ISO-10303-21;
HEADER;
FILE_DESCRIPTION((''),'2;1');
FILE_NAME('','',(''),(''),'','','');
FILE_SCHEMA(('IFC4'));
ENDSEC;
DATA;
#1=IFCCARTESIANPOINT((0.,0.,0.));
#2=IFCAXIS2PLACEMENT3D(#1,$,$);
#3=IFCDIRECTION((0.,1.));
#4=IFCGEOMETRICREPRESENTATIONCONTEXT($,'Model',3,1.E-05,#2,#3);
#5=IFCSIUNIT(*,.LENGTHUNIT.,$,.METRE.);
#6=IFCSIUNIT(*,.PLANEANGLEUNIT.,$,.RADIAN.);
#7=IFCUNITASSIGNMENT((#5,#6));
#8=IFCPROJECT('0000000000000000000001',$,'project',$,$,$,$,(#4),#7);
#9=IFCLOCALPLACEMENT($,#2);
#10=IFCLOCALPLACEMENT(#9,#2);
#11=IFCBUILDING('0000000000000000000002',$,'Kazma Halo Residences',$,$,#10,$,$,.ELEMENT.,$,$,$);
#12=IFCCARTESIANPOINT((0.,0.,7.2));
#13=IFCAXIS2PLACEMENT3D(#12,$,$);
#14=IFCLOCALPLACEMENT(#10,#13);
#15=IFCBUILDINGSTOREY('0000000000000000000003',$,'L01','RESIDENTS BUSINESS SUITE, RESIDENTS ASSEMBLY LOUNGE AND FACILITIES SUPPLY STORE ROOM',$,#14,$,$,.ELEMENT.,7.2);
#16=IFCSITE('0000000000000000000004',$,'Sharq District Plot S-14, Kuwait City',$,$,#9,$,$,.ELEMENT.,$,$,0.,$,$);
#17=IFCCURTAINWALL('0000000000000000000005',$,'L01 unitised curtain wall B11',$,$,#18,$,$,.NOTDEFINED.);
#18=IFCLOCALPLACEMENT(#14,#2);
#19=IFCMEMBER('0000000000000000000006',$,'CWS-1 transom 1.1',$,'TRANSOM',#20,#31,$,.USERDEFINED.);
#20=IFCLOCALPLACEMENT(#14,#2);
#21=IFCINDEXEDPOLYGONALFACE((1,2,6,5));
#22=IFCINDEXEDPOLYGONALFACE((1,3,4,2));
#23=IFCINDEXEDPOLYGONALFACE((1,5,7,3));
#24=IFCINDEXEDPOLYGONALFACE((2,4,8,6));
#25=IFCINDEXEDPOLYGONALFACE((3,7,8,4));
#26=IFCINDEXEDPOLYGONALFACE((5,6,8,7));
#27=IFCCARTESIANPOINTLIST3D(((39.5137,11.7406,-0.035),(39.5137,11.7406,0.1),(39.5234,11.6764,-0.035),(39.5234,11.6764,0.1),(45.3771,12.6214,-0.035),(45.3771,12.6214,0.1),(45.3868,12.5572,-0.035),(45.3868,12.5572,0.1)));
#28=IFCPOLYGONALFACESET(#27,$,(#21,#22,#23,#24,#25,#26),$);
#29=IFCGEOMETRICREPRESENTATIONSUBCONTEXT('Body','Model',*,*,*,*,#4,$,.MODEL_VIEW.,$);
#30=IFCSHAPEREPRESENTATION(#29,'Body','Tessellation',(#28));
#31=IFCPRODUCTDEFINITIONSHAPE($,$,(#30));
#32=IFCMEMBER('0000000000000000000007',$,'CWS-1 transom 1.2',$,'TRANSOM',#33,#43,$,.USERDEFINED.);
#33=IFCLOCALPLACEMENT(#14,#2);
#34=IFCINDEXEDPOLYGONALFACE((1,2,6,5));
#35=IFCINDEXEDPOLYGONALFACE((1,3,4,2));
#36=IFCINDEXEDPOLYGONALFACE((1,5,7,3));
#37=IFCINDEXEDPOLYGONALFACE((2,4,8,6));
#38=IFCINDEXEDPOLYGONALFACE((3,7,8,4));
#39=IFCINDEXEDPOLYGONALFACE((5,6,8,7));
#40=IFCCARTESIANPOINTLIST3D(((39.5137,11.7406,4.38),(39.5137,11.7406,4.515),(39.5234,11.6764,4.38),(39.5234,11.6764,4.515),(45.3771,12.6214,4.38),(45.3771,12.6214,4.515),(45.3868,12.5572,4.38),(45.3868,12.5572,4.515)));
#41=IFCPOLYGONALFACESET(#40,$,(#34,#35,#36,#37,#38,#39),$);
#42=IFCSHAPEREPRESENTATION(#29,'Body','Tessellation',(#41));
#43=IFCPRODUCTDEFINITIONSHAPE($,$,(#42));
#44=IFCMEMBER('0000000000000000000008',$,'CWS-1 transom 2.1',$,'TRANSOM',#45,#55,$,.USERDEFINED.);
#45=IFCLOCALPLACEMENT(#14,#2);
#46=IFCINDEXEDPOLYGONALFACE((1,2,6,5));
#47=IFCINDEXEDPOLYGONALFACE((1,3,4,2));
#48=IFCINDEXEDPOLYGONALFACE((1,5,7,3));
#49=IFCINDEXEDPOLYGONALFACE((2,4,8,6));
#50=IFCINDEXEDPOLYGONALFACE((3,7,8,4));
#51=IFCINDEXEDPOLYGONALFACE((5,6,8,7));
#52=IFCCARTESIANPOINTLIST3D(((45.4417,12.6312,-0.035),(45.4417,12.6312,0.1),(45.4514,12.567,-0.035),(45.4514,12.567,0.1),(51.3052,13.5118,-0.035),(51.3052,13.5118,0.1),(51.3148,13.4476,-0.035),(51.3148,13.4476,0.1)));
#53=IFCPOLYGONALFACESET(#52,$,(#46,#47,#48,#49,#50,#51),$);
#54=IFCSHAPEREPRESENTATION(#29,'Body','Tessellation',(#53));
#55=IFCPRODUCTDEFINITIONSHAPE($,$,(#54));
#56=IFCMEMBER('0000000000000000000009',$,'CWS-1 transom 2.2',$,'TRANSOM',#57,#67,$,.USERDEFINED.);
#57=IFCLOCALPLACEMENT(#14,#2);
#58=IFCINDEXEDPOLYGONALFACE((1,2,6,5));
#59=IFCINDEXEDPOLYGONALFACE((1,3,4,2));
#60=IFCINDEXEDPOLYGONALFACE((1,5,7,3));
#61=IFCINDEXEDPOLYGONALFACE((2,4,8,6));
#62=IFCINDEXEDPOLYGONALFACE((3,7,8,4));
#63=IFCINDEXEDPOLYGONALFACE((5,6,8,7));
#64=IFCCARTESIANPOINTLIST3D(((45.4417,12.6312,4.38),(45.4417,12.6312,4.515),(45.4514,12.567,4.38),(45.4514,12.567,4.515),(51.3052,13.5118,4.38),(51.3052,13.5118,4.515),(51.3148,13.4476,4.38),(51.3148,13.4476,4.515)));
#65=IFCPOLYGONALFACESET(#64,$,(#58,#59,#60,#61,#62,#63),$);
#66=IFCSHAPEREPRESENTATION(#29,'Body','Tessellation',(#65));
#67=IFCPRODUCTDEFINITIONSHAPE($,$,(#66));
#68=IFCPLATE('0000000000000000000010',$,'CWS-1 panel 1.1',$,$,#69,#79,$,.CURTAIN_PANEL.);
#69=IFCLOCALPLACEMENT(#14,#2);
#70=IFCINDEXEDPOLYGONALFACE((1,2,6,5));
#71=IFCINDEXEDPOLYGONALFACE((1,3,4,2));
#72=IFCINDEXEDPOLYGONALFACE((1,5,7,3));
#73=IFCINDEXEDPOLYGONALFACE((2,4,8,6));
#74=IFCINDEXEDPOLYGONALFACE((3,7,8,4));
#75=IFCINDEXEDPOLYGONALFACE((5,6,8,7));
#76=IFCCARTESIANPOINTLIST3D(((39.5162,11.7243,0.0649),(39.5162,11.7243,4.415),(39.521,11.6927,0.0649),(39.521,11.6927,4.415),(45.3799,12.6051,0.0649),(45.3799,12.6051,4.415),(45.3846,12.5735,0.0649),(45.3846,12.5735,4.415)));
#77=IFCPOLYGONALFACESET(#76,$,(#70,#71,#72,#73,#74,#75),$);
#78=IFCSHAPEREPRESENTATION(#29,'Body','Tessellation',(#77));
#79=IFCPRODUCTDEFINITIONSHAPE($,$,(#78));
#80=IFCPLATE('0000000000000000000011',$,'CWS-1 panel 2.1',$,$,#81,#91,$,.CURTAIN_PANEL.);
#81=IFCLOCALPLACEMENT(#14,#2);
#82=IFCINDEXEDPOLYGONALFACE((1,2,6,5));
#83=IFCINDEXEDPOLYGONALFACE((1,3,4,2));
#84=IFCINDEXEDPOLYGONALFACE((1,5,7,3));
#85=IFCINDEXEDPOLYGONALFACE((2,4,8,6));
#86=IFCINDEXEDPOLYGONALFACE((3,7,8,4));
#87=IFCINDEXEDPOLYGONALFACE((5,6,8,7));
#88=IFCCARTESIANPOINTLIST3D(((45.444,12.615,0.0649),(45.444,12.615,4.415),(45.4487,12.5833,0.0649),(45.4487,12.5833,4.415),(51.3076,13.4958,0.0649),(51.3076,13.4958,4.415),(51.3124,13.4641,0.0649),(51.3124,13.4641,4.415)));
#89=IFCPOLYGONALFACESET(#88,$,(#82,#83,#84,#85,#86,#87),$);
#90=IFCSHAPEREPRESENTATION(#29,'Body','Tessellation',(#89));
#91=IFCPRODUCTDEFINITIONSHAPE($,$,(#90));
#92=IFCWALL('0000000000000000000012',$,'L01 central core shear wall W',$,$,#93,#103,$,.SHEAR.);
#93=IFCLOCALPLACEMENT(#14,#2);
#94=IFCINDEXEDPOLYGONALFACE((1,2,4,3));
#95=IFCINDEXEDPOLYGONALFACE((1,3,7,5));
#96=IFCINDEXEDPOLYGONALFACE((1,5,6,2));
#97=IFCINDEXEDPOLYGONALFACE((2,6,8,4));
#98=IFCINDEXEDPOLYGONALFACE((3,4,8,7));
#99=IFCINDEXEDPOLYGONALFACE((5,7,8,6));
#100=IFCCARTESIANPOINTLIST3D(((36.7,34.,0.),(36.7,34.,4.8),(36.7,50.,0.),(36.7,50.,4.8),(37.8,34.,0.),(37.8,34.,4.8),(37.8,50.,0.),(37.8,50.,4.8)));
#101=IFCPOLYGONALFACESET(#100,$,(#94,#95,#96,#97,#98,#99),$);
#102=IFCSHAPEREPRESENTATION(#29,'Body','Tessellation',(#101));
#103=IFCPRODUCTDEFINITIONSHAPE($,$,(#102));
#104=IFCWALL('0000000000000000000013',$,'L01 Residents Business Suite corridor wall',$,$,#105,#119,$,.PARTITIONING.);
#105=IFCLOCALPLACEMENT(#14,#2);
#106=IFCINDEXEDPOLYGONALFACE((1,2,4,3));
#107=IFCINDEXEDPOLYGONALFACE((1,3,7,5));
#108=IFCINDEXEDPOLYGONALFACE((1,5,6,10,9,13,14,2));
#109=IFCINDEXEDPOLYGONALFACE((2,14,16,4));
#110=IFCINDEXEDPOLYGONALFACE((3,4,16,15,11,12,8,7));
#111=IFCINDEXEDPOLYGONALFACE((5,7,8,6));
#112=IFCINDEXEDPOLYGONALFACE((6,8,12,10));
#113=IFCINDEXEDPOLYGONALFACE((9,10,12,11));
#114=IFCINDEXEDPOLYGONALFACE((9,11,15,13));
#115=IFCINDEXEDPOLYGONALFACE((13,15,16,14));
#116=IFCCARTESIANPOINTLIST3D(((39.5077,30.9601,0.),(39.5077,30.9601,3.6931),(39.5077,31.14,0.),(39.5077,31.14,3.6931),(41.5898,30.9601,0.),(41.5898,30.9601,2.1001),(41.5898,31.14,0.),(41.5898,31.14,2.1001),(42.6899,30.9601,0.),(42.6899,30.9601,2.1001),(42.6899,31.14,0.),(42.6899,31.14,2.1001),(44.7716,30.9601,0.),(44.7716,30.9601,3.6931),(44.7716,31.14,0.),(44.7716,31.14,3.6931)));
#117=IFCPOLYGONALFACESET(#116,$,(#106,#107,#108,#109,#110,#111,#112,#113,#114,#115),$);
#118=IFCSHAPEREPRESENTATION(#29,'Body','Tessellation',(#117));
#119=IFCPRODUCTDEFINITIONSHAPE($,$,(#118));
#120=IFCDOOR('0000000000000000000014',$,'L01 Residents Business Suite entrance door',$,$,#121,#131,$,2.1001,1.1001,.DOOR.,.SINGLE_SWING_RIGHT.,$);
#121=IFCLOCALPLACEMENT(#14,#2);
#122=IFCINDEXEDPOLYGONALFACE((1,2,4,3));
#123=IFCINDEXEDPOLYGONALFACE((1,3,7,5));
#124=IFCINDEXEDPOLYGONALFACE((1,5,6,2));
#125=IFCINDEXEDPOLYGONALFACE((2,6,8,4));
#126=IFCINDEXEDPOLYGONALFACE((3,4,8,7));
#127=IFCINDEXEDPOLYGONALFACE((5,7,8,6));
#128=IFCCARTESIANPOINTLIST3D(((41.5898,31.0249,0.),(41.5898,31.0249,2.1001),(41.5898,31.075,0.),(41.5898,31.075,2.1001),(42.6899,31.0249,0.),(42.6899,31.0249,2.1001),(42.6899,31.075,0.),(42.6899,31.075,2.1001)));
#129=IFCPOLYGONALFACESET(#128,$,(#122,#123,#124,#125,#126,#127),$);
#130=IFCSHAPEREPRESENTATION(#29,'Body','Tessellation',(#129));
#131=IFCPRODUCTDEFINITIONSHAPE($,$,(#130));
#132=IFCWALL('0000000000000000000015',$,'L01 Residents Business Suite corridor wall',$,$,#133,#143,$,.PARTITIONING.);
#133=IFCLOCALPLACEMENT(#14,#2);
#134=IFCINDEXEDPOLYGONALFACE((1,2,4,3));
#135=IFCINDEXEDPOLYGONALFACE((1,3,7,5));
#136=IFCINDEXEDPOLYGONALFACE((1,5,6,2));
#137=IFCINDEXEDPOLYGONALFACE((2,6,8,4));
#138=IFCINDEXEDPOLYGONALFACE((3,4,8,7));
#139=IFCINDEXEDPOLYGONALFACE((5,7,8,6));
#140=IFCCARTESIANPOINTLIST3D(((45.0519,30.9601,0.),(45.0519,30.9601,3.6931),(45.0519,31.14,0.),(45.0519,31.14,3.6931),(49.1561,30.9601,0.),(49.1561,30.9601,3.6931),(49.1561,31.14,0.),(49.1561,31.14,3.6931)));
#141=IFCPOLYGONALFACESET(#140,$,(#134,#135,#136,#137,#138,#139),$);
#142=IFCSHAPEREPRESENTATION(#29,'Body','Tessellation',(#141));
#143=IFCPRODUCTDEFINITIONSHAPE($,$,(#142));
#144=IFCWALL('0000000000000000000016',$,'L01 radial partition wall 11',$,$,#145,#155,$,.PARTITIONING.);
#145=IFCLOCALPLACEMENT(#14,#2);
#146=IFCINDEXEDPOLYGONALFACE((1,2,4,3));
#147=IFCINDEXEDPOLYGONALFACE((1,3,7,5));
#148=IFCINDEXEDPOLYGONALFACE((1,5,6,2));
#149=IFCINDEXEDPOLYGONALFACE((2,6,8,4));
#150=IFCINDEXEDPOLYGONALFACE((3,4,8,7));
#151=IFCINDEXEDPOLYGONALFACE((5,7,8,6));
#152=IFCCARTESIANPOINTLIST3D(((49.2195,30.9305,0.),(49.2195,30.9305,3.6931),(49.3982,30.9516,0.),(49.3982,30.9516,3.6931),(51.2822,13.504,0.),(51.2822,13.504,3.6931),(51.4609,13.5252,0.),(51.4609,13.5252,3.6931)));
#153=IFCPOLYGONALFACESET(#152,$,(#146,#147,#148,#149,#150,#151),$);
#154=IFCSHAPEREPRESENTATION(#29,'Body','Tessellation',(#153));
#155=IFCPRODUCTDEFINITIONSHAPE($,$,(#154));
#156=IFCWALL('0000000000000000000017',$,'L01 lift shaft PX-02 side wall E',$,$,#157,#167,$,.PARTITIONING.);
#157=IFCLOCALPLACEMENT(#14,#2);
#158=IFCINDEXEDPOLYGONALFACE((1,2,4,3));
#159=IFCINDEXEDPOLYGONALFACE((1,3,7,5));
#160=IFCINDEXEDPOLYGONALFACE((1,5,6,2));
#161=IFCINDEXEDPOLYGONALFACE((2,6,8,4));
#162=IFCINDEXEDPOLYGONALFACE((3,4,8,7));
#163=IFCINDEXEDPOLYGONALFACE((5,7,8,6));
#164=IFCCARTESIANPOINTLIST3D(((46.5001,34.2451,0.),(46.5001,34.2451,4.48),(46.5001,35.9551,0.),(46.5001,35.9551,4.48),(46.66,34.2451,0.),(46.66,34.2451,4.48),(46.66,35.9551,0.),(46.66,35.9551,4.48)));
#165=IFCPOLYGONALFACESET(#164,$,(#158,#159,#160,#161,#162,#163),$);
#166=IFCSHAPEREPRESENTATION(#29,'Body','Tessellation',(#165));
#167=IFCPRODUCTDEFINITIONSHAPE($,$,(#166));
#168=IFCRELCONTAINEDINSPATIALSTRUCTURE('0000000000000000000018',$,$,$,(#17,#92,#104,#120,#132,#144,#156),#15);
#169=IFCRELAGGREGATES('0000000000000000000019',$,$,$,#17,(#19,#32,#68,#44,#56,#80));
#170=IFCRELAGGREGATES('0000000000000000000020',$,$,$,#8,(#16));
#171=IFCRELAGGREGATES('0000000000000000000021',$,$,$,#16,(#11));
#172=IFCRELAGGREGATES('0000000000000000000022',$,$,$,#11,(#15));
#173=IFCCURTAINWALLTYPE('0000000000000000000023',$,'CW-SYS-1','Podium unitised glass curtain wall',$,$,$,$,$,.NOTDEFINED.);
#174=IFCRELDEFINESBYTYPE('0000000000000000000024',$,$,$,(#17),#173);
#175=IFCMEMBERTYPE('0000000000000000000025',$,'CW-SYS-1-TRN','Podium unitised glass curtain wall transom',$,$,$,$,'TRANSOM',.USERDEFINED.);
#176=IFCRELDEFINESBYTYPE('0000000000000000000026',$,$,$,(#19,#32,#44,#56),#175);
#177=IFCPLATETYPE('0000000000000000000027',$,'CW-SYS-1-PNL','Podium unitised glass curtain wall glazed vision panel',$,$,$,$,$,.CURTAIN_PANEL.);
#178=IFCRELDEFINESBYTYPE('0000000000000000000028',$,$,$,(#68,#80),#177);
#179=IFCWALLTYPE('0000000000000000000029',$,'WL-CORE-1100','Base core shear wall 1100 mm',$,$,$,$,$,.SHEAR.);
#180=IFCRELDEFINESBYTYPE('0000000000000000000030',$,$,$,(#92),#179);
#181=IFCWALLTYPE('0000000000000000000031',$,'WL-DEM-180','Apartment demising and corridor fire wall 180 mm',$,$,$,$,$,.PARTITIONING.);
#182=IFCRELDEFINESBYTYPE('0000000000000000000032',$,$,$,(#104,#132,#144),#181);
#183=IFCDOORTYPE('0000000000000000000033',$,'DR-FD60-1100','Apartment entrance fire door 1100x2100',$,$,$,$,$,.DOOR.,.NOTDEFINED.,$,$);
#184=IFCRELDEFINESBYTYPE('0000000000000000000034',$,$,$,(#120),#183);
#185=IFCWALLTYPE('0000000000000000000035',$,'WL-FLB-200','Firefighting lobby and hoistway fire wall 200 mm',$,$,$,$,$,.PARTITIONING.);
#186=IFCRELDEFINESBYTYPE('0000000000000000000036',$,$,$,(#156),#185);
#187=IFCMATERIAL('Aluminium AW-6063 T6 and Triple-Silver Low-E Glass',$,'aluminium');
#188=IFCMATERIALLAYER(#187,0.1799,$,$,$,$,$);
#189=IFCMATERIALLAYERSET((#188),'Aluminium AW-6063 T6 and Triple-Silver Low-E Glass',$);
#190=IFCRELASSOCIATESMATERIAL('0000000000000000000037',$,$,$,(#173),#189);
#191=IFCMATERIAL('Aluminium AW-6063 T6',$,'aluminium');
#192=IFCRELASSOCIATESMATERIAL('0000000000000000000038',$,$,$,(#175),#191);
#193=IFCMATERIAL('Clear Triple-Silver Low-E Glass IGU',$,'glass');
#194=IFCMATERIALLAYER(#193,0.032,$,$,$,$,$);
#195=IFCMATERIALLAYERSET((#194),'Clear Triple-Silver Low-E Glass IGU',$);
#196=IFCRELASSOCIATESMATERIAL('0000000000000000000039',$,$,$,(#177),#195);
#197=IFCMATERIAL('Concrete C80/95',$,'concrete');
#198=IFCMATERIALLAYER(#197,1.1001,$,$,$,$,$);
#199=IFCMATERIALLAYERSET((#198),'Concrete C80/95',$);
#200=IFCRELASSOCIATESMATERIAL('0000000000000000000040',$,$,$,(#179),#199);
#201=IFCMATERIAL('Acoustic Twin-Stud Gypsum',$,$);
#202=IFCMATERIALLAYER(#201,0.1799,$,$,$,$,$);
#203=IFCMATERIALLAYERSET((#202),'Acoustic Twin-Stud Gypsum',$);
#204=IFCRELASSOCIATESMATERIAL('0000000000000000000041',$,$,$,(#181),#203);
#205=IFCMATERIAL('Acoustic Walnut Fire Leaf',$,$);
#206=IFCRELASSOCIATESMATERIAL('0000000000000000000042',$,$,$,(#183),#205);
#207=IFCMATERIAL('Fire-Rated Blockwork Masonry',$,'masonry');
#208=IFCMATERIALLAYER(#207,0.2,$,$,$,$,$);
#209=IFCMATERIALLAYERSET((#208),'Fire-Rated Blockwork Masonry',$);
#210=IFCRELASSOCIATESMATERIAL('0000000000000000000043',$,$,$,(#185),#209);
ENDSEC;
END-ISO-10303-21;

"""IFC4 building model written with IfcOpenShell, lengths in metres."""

from ifc_helpers import new_model, si_unit, direction, frame, frame_2d, origin, origin_2d, place, context, subcontext, project, spatial, rectangle, extrude, material, layer, layer_set, material_profile, profile_set, type_object, element, fill, aggregate, save


model = new_model("IFC4")

# Units and contexts
model_context = context("Model", 3, precision=1e-05, world=origin(), true_north=direction((0.0, 1.0)))
body_context = subcontext(model_context, "Body", "Model", "MODEL_VIEW")
ifc_project = project(units=[si_unit("LENGTHUNIT", "METRE"), si_unit("PLANEANGLEUNIT", "RADIAN")], contexts=[model_context])

# Site, building, storey
site_placement = place(None, origin())
site = spatial("IfcSite", under=ifc_project, at=site_placement, Name="Sharq District Plot S-14, Kuwait City", CompositionType="ELEMENT", RefElevation=0.0)
building_placement = place(site_placement, origin())
building = spatial("IfcBuilding", under=site, at=building_placement, Name="Kazma Halo Residences", CompositionType="ELEMENT")
storey_placement = place(building_placement, frame((0.0, 0.0, 7.2)))
storey = spatial("IfcBuildingStorey", under=building, at=storey_placement, Name="L01", Description="RESIDENTS BUSINESS SUITE, RESIDENTS ASSEMBLY LOUNGE AND FACILITIES SUPPLY STORE ROOM", CompositionType="ELEMENT", Elevation=7.2)

# Shared definitions
ifc_material_1 = material(Name="Concrete C80/95", Category="concrete")

# Shared definitions
ifc_material_2 = material(Name="Aluminium AW-6063 T6 and Triple-Silver Low-E Glass", Category="aluminium")
ifc_layer_1 = layer(ifc_material_2, 0.1799)
ifc_layer_set_1 = layer_set([ifc_layer_1], Name="Aluminium AW-6063 T6 and Triple-Silver Low-E Glass")
curtain_wall_type = type_object("IfcCurtainWallType", Name="CW-SYS-1", Description="Podium unitised glass curtain wall", PredefinedType="NOTDEFINED", material=ifc_layer_set_1)
ifc_material_3 = material(Name="Aluminium AW-6063 T6", Category="aluminium")

# Curtain wall, members, plates
curtain_wall_1_placement = place(storey_placement, origin())
curtain_wall_1 = element("IfcCurtainWall", 1, at=curtain_wall_1_placement, inside=storey, type_object=curtain_wall_type, Name="L01 unitised curtain wall B11", PredefinedType="NOTDEFINED")
ifc_material_profile_1 = material_profile(ifc_material_3, rectangle(XDim=0.0649, YDim=0.135, at=origin_2d()), Name="CWT-65x135")
ifc_profile_set_1 = profile_set([ifc_material_profile_1], Name="Aluminium AW-6063 T6")
member_type_1 = type_object("IfcMemberType", Name="CW-SYS-1-TRN", Description="Podium unitised glass curtain wall transom", ElementType="TRANSOM", PredefinedType="USERDEFINED", material=ifc_profile_set_1)
member_1_placement = place(storey_placement, frame((39.5186, 11.7085, 0.0325), z_axis=(0.988903, 0.14856, 0.0), x_axis=(-0.14856, 0.988903, 0.0)))
member_1 = element("IfcMember", 2, at=member_1_placement, type_object=member_type_1, Name="CWS-1 transom 1.1", ObjectType="TRANSOM", PredefinedType="USERDEFINED", context=body_context, shape_type="SweptSolid", body=[
    extrude(rectangle(XDim=0.0649, YDim=0.135, at=origin_2d()), origin(), (0.0, 0.0, 1.0), 5.9292),
])
member_2_placement = place(storey_placement, frame((39.5186, 11.7085, 4.4475), z_axis=(0.988903, 0.14856, 0.0), x_axis=(-0.14856, 0.988903, 0.0)))
member_2 = element("IfcMember", 3, at=member_2_placement, type_object=member_type_1, Name="CWS-1 transom 1.2", ObjectType="TRANSOM", PredefinedType="USERDEFINED", context=body_context, shape_type="SweptSolid", body=[
    extrude(rectangle(XDim=0.0649, YDim=0.135, at=origin_2d()), origin(), (0.0, 0.0, 1.0), 5.9292),
])
member_3_placement = place(storey_placement, frame((45.4465, 12.5991, 0.0325), z_axis=(0.988909, 0.14852, 0.0), x_axis=(-0.14852, 0.988909, 0.0)))
member_3 = element("IfcMember", 4, at=member_3_placement, type_object=member_type_1, Name="CWS-1 transom 2.1", ObjectType="TRANSOM", PredefinedType="USERDEFINED", context=body_context, shape_type="SweptSolid", body=[
    extrude(rectangle(XDim=0.0649, YDim=0.135, at=origin_2d()), origin(), (0.0, 0.0, 1.0), 5.9292),
])
member_4_placement = place(storey_placement, frame((45.4465, 12.5991, 4.4475), z_axis=(0.988909, 0.14852, 0.0), x_axis=(-0.14852, 0.988909, 0.0)))
member_4 = element("IfcMember", 5, at=member_4_placement, type_object=member_type_1, Name="CWS-1 transom 2.2", ObjectType="TRANSOM", PredefinedType="USERDEFINED", context=body_context, shape_type="SweptSolid", body=[
    extrude(rectangle(XDim=0.0649, YDim=0.135, at=origin_2d()), origin(), (0.0, 0.0, 1.0), 5.9292),
])
ifc_material_4 = material(Name="Clear Triple-Silver Low-E Glass IGU", Category="glass")
ifc_layer_2 = layer(ifc_material_4, 0.032)
ifc_layer_set_2 = layer_set([ifc_layer_2], Name="Clear Triple-Silver Low-E Glass IGU")
plate_type = type_object("IfcPlateType", Name="CW-SYS-1-PNL", Description="Podium unitised glass curtain wall glazed vision panel", PredefinedType="CURTAIN_PANEL", material=ifc_layer_set_2)
plate_1_placement = place(storey_placement, frame((42.4504, 12.1489, 0.0649), z_axis=(0.0, 0.0, 1.0), x_axis=(0.988905, 0.148549, 0.0)))
plate_1 = element("IfcPlate", 6, at=plate_1_placement, type_object=plate_type, Name="CWS-1 panel 1.1", PredefinedType="CURTAIN_PANEL", context=body_context, shape_type="SweptSolid", body=[
    extrude(rectangle(XDim=5.9294, YDim=0.032, at=origin_2d()), origin(), (0.0, 0.0, 1.0), 4.3501),
])
plate_2_placement = place(storey_placement, frame((48.3782, 13.0396, 0.0649), z_axis=(0.0, 0.0, 1.0), x_axis=(0.988905, 0.148549, 0.0)))
plate_2 = element("IfcPlate", 7, at=plate_2_placement, type_object=plate_type, Name="CWS-1 panel 2.1", PredefinedType="CURTAIN_PANEL", context=body_context, shape_type="SweptSolid", body=[
    extrude(rectangle(XDim=5.9294, YDim=0.032, at=origin_2d()), origin(), (0.0, 0.0, 1.0), 4.3501),
])
aggregate(curtain_wall_1, [member_1, member_2, plate_1, member_3, member_4, plate_2])

# Wall
ifc_layer_3 = layer(ifc_material_1, 1.1001)
ifc_layer_set_3 = layer_set([ifc_layer_3], Name="Concrete C80/95")
wall_type_1 = type_object("IfcWallType", Name="WL-CORE-1100", Description="Base core shear wall 1100 mm", PredefinedType="SHEAR", material=ifc_layer_set_3)
wall_1_placement = place(storey_placement, frame((37.25, 34.0, 0.0), z_axis=(0.0, 0.0, 1.0), x_axis=(0.0, 1.0, 0.0)))
element("IfcWall", 8, at=wall_1_placement, inside=storey, type_object=wall_type_1, Name="L01 central core shear wall W", PredefinedType="SHEAR", context=body_context, shape_type="SweptSolid", body=[
    extrude(rectangle(XDim=16.0, YDim=1.1001, at=frame_2d((8.0, 0.0))), origin(), (0.0, 0.0, 1.0), 4.8),
])

# Wall, opening, door
ifc_material_5 = material(Name="Acoustic Twin-Stud Gypsum")
ifc_layer_4 = layer(ifc_material_5, 0.1799)
ifc_layer_set_4 = layer_set([ifc_layer_4], Name="Acoustic Twin-Stud Gypsum")
wall_type_2 = type_object("IfcWallType", Name="WL-DEM-180", Description="Apartment demising and corridor fire wall 180 mm", PredefinedType="PARTITIONING", material=ifc_layer_set_4)
wall_2_placement = place(storey_placement, frame((39.5078, 31.05, 0.0), z_axis=(0.0, 0.0, 1.0), x_axis=(1.0, 0.0, 0.0)))
wall_2 = element("IfcWall", 9, at=wall_2_placement, inside=storey, type_object=wall_type_2, Name="L01 Residents Business Suite corridor wall", PredefinedType="PARTITIONING", context=body_context, shape_type="SweptSolid", body=[
    extrude(rectangle(XDim=5.2639, YDim=0.1799, at=frame_2d((2.6318, 0.0))), origin(), (0.0, 0.0, 1.0), 3.6931),
])
opening_placement = place(wall_2_placement, frame((2.082, 0.0, 0.0)))
opening = element("IfcOpeningElement", 10, at=opening_placement, cuts=wall_2, PredefinedType="OPENING", context=body_context, shape_type="SweptSolid", body=[
    extrude(rectangle(XDim=1.1001, YDim=2.1001, at=frame_2d((0.55, 1.05))), frame((0.0, 0.0999, 0.0), z_axis=(0.0, -1.0, 0.0), x_axis=(1.0, 0.0, 0.0)), (0.0, 0.0, 1.0), 0.2),
])
ifc_material_6 = material(Name="Acoustic Walnut Fire Leaf")
door_type = type_object("IfcDoorType", Name="DR-FD60-1100", Description="Apartment entrance fire door 1100x2100", OperationType="NOTDEFINED", PredefinedType="DOOR", material=ifc_material_6)
door_placement = place(opening_placement, origin())
door = element("IfcDoor", 11, at=door_placement, inside=storey, type_object=door_type, Name="L01 Residents Business Suite entrance door", OperationType="SINGLE_SWING_RIGHT", OverallHeight=2.1001, OverallWidth=1.1001, PredefinedType="DOOR", context=body_context, shape_type="SweptSolid", body=[
    extrude(rectangle(XDim=1.1001, YDim=2.1001, at=frame_2d((0.55, 1.05))), frame((0.0, 0.0249, 0.0), z_axis=(0.0, -1.0, 0.0), x_axis=(1.0, 0.0, 0.0)), (0.0, 0.0, 1.0), 0.05),
])
fill(opening, door)

# Walls
wall_3_placement = place(storey_placement, frame((45.0518, 31.05, 0.0), z_axis=(0.0, 0.0, 1.0), x_axis=(1.0, 0.0, 0.0)))
element("IfcWall", 12, at=wall_3_placement, inside=storey, type_object=wall_type_2, Name="L01 Residents Business Suite corridor wall", PredefinedType="PARTITIONING", context=body_context, shape_type="SweptSolid", body=[
    extrude(rectangle(XDim=4.1042, YDim=0.1799, at=frame_2d((2.0522, 0.0))), origin(), (0.0, 0.0, 1.0), 3.6931),
])
wall_4_placement = place(storey_placement, frame((49.3088, 30.9409, 0.0), z_axis=(0.0, 0.0, 1.0), x_axis=(0.117548, -0.993067, 0.0)))
element("IfcWall", 13, at=wall_4_placement, inside=storey, type_object=wall_type_2, Name="L01 radial partition wall 11", PredefinedType="PARTITIONING", context=body_context, shape_type="SweptSolid", body=[
    extrude(rectangle(XDim=17.5481, YDim=0.1799, at=frame_2d((8.7739, 0.0))), origin(), (0.0, 0.0, 1.0), 3.6931),
])
ifc_material_7 = material(Name="Fire-Rated Blockwork Masonry", Category="masonry")
ifc_layer_5 = layer(ifc_material_7, 0.2)
ifc_layer_set_5 = layer_set([ifc_layer_5], Name="Fire-Rated Blockwork Masonry")
wall_type_3 = type_object("IfcWallType", Name="WL-FLB-200", Description="Firefighting lobby and hoistway fire wall 200 mm", PredefinedType="PARTITIONING", material=ifc_layer_set_5)
wall_5_placement = place(storey_placement, frame((46.5801, 34.2451, 0.0), z_axis=(0.0, 0.0, 1.0), x_axis=(0.0, 1.0, 0.0)))
element("IfcWall", 14, at=wall_5_placement, inside=storey, type_object=wall_type_3, Name="L01 lift shaft PX-02 side wall E", PredefinedType="PARTITIONING", context=body_context, shape_type="SweptSolid", body=[
    extrude(rectangle(XDim=1.71, YDim=0.1599, at=frame_2d((0.855, 0.0))), origin(), (0.0, 0.0, 1.0), 4.48),
])

save(model, "model.ifc")
